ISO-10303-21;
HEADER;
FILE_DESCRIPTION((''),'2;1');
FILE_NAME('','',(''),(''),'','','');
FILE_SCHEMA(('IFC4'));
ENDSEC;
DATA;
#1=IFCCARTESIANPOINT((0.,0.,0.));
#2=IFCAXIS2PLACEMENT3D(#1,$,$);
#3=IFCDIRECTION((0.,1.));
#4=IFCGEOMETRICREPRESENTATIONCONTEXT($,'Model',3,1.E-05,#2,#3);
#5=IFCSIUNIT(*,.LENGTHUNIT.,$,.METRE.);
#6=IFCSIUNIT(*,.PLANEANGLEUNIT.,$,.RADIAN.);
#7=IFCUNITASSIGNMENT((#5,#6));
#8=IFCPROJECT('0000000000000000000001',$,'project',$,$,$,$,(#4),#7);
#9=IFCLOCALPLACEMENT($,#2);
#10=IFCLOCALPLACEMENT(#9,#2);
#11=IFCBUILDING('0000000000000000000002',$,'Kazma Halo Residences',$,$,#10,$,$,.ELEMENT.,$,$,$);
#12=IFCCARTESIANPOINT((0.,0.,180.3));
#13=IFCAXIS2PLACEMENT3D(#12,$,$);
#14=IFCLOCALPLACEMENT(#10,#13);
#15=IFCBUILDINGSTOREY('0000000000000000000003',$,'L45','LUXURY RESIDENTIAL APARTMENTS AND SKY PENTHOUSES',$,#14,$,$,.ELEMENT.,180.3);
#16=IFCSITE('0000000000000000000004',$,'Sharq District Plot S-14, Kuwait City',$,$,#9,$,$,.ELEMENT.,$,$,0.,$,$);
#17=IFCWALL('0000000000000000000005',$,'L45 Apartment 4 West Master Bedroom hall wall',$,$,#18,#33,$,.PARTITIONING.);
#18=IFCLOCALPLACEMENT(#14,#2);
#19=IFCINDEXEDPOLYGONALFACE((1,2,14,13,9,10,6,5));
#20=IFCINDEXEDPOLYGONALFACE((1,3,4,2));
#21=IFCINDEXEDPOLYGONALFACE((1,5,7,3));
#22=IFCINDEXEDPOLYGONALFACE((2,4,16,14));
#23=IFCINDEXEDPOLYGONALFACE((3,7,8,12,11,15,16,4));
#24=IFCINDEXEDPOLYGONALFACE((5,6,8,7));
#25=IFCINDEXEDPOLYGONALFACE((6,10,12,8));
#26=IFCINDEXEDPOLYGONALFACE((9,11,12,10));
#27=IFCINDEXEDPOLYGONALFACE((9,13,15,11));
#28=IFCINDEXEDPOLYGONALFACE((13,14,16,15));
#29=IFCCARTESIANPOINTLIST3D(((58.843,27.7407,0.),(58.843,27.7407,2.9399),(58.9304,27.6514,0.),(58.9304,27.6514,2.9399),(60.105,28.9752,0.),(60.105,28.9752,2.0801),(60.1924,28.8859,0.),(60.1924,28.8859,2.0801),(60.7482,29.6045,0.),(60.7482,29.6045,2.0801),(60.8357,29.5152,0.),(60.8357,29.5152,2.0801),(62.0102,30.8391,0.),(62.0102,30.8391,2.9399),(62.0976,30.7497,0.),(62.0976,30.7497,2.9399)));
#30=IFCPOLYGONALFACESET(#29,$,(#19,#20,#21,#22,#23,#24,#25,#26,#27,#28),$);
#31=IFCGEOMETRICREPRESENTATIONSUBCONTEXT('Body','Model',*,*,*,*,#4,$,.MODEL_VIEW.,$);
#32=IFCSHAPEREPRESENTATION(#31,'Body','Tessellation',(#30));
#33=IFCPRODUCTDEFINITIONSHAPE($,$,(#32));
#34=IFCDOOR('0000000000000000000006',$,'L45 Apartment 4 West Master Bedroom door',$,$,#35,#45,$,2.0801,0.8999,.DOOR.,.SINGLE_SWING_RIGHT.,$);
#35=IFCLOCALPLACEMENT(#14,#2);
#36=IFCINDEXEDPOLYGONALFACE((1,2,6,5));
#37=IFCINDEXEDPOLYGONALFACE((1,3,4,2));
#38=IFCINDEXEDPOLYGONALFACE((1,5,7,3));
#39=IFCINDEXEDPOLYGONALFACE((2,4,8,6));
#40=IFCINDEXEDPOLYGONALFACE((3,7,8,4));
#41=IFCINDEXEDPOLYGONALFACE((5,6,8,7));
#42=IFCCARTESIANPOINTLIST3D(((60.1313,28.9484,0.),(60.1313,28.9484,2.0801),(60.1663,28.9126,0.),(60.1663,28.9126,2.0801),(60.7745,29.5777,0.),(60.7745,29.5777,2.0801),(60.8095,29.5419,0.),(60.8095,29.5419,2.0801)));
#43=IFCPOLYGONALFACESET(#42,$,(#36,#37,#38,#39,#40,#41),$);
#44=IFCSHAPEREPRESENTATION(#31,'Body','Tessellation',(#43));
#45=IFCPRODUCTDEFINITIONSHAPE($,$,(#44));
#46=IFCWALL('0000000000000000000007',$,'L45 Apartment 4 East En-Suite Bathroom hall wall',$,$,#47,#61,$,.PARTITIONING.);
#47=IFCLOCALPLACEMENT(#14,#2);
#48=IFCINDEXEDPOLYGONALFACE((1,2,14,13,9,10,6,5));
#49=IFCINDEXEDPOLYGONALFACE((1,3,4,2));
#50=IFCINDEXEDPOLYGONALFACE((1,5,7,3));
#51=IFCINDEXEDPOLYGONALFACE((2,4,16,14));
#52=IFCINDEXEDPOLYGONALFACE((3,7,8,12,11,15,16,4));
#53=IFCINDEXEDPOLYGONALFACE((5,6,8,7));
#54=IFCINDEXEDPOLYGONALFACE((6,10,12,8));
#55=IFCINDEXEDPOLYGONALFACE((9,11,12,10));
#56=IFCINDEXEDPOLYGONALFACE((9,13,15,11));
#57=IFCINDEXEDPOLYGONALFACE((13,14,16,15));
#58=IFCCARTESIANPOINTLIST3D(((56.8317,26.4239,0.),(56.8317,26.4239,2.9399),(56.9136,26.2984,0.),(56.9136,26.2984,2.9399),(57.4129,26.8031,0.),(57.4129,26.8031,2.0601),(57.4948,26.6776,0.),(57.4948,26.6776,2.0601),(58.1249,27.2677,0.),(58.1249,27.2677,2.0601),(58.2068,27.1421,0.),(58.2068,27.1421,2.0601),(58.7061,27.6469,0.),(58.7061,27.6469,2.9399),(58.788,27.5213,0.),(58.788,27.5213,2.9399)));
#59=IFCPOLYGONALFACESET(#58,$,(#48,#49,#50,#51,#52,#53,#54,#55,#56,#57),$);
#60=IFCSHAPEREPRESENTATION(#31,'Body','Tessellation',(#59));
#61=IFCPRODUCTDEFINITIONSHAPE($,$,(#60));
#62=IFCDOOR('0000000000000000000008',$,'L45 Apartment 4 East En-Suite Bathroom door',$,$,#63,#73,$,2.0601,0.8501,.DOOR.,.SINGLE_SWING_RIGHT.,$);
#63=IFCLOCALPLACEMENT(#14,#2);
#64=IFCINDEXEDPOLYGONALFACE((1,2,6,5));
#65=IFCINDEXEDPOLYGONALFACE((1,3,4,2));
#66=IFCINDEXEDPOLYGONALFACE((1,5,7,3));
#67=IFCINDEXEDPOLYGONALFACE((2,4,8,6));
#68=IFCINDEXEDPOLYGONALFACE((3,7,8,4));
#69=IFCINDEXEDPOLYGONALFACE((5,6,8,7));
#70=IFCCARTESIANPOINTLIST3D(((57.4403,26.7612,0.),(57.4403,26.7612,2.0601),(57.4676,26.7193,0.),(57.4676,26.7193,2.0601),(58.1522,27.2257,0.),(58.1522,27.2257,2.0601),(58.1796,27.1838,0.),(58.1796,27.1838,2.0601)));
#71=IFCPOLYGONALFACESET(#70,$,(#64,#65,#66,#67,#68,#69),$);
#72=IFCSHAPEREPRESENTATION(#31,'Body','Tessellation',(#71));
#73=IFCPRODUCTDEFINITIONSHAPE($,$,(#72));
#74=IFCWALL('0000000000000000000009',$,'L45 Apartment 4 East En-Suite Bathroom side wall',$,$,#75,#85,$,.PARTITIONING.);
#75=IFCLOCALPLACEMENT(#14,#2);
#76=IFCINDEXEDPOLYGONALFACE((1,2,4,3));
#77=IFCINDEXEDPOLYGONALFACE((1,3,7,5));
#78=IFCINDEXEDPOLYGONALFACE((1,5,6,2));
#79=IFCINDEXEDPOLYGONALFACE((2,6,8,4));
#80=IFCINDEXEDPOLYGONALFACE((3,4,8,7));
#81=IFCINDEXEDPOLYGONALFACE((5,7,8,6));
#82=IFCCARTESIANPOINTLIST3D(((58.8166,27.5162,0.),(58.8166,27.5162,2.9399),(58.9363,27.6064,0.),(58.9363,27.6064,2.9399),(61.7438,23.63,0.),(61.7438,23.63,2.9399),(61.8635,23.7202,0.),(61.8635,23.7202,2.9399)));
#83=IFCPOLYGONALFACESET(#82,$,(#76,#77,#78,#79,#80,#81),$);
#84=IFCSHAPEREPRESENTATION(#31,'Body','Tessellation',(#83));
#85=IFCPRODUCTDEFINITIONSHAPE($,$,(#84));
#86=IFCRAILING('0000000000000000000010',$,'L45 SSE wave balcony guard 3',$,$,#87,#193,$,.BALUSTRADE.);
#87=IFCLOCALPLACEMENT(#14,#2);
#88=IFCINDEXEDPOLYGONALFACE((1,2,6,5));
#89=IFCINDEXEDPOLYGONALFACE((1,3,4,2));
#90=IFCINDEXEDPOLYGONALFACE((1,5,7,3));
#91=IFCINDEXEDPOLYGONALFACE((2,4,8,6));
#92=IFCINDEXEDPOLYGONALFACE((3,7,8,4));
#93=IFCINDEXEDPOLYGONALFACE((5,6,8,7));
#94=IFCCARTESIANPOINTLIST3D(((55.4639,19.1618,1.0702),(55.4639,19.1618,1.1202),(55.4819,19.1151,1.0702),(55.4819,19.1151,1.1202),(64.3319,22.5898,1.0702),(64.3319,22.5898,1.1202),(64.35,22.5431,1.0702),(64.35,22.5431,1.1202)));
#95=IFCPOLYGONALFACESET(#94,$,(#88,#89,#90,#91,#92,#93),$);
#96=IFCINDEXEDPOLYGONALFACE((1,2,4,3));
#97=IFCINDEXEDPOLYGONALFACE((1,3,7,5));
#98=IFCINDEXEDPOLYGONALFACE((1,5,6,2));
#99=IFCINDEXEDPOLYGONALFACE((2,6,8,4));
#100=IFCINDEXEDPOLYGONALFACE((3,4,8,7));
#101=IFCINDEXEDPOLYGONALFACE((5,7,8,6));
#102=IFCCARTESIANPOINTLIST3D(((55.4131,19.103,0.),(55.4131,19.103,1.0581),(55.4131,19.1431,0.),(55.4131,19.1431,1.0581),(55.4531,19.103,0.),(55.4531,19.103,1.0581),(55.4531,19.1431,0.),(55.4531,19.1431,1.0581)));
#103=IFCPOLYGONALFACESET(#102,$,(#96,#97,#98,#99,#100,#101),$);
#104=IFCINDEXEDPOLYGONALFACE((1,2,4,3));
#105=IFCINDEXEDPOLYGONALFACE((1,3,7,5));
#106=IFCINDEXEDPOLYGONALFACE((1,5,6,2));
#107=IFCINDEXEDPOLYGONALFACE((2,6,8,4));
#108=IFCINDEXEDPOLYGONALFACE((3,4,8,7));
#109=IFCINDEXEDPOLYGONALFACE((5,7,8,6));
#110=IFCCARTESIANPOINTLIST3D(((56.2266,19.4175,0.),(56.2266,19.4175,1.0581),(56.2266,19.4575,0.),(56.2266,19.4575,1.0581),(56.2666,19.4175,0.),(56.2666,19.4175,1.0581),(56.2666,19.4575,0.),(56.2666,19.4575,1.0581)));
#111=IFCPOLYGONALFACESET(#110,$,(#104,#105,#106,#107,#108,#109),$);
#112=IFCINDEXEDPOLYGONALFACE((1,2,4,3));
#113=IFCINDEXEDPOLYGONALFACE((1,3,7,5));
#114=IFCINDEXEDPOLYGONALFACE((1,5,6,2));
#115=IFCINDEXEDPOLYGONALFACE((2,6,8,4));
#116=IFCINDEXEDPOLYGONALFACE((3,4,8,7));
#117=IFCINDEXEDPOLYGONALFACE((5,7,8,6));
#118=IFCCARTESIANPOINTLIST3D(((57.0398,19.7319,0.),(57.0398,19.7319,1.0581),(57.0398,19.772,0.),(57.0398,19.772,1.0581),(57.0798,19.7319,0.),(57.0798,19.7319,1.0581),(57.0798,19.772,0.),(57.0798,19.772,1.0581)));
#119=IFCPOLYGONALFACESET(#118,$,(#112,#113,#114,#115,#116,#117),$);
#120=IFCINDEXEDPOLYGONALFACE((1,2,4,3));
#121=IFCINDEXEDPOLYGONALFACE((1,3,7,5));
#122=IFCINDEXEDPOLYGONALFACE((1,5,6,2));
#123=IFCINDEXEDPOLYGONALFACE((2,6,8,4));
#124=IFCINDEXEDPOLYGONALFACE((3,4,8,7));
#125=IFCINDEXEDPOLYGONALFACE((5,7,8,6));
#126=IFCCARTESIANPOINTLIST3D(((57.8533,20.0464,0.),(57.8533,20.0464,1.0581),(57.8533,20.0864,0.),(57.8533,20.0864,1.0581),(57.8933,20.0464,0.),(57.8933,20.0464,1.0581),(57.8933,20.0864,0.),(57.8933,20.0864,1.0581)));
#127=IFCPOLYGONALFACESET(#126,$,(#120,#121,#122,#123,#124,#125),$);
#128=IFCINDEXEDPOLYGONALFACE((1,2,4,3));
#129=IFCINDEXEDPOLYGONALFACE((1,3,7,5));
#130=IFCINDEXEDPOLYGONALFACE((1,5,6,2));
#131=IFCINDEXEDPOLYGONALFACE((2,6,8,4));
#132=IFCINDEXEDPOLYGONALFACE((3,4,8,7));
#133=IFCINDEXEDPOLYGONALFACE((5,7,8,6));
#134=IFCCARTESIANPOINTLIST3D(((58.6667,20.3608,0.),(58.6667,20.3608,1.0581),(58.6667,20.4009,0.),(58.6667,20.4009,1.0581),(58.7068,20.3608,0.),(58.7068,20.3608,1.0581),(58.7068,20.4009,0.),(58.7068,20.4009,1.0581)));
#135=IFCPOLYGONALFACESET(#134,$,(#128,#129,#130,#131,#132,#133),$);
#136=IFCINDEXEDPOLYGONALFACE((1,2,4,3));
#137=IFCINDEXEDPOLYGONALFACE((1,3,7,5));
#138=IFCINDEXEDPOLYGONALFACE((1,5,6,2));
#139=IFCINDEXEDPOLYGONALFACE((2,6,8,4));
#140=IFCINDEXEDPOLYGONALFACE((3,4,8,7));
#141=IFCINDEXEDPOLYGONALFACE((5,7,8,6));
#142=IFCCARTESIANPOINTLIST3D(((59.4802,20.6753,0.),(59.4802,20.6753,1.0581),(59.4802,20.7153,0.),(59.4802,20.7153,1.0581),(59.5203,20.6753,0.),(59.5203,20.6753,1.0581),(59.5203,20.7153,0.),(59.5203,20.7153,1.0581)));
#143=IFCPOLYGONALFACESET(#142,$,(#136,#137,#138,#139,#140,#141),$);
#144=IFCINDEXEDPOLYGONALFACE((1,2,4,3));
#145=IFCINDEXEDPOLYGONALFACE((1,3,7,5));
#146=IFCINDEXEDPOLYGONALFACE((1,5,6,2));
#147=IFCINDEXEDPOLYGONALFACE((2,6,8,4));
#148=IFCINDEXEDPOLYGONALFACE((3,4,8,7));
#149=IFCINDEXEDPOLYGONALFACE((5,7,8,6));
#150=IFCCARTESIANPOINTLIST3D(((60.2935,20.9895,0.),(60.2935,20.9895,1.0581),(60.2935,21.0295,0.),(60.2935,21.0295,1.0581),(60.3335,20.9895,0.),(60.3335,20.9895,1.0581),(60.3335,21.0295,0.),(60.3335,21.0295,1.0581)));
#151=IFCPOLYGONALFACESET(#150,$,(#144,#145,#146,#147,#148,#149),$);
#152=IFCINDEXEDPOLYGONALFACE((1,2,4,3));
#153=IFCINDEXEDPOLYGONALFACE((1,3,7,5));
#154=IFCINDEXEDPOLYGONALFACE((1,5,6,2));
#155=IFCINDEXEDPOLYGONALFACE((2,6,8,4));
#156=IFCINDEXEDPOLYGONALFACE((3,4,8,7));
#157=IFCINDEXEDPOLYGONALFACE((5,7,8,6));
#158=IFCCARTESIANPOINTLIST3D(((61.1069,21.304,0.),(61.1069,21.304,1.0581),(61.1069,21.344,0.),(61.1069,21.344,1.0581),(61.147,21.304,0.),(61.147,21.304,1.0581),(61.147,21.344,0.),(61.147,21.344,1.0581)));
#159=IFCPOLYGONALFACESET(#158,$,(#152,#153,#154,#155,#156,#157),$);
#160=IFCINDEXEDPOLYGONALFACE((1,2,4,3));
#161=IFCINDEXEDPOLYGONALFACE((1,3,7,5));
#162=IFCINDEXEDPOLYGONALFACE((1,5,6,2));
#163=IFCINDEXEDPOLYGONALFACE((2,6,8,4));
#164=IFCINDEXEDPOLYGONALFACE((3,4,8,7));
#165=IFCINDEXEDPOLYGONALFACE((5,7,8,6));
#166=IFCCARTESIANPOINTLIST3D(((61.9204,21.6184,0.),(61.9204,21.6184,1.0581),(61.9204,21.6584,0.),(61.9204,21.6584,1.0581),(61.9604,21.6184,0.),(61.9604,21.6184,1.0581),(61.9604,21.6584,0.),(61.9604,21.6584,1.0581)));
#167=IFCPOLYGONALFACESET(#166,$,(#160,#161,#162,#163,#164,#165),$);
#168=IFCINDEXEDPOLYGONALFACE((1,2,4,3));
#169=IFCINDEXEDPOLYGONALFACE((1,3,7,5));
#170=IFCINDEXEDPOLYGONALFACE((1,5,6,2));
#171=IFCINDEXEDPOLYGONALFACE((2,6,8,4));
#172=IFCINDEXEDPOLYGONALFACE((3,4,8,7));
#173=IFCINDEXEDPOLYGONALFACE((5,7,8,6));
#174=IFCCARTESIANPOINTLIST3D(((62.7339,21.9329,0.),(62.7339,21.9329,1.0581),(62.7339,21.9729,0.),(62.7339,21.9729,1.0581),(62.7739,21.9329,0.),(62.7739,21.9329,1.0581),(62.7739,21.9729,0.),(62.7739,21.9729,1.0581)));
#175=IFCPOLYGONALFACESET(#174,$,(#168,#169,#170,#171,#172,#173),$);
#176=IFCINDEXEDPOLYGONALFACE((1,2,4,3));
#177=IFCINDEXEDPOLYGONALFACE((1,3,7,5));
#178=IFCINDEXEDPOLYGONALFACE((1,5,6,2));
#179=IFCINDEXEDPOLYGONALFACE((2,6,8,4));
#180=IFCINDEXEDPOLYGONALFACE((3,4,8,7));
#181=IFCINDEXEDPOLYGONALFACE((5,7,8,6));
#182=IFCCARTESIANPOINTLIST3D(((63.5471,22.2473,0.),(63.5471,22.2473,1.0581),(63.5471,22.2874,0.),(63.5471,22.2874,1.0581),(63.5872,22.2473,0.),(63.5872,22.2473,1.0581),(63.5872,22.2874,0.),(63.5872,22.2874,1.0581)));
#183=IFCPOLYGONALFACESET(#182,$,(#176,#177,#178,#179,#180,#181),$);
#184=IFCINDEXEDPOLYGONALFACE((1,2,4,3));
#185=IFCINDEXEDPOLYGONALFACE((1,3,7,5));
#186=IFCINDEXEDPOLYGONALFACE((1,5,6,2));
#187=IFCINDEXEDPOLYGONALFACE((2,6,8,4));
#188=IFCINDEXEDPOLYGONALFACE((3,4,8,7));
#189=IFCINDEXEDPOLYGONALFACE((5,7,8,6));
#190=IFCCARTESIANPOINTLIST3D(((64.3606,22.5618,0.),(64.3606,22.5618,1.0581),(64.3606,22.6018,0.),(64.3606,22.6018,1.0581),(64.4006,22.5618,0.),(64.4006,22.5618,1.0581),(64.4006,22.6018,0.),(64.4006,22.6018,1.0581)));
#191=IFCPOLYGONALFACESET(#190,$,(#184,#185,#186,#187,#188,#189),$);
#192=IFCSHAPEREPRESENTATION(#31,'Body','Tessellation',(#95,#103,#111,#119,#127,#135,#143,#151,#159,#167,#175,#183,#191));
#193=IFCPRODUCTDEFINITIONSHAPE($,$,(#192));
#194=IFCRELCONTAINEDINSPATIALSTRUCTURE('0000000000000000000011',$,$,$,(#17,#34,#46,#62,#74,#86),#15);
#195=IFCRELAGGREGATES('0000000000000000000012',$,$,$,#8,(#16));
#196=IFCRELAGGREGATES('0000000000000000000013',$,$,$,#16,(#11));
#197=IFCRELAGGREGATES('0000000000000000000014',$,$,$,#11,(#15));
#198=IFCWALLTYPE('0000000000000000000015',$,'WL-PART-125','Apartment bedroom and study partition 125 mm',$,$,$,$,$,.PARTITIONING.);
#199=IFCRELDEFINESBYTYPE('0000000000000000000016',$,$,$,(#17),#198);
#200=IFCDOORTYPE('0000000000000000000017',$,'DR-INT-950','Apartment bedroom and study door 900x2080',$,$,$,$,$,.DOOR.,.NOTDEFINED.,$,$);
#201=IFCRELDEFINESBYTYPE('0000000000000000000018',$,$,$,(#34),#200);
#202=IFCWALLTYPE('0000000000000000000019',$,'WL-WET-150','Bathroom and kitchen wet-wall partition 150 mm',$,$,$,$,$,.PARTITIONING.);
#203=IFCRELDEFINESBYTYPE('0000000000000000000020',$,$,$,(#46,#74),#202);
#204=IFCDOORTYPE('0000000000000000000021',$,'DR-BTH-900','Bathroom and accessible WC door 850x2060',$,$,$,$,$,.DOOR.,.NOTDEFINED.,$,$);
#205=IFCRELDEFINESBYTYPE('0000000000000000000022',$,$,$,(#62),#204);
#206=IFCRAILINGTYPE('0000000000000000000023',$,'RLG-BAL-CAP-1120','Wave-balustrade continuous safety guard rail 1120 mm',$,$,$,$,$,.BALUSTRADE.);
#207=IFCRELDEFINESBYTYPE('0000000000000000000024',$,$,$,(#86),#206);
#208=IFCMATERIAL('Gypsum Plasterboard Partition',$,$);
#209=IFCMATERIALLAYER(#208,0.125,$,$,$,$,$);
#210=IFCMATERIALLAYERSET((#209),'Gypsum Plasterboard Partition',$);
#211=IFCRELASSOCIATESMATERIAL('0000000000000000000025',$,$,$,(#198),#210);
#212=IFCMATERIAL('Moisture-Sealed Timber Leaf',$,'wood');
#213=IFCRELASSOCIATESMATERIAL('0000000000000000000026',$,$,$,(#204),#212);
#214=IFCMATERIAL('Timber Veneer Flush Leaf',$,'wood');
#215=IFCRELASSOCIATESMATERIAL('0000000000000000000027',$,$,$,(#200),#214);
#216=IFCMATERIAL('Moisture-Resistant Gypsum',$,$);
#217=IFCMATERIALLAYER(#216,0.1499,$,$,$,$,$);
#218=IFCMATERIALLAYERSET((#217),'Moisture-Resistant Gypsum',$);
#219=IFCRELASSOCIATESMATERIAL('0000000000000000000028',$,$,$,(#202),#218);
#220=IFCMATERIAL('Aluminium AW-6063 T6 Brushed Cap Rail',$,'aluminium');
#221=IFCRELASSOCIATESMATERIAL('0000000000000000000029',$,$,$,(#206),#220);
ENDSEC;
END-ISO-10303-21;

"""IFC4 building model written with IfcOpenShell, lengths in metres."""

from ifc_helpers import new_model, si_unit, direction, frame, frame_2d, origin, origin_2d, place, context, subcontext, project, spatial, rectangle, extrude, material, layer, layer_set, type_object, element, fill, save


model = new_model("IFC4")

# Units and contexts
model_context = context("Model", 3, precision=1e-05, world=origin(), true_north=direction((0.0, 1.0)))
body_context = subcontext(model_context, "Body", "Model", "MODEL_VIEW")
ifc_project = project(units=[si_unit("LENGTHUNIT", "METRE"), si_unit("PLANEANGLEUNIT", "RADIAN")], contexts=[model_context])

# Site, building, storey
site_placement = place(None, origin())
site = spatial("IfcSite", under=ifc_project, at=site_placement, Name="Sharq District Plot S-14, Kuwait City", CompositionType="ELEMENT", RefElevation=0.0)
building_placement = place(site_placement, origin())
building = spatial("IfcBuilding", under=site, at=building_placement, Name="Kazma Halo Residences", CompositionType="ELEMENT")
storey_placement = place(building_placement, frame((0.0, 0.0, 180.3)))
storey = spatial("IfcBuildingStorey", under=building, at=storey_placement, Name="L45", Description="LUXURY RESIDENTIAL APARTMENTS AND SKY PENTHOUSES", CompositionType="ELEMENT", Elevation=180.3)

# Shared definitions
ifc_material_1 = material(Name="Gypsum Plasterboard Partition")
ifc_layer_1 = layer(ifc_material_1, 0.125)
ifc_layer_set_1 = layer_set([ifc_layer_1], Name="Gypsum Plasterboard Partition")
wall_type_1 = type_object("IfcWallType", Name="WL-PART-125", Description="Apartment bedroom and study partition 125 mm", PredefinedType="PARTITIONING", material=ifc_layer_set_1)

# Shared definitions
ifc_material_2 = material(Name="Moisture-Sealed Timber Leaf", Category="wood")
door_type_1 = type_object("IfcDoorType", Name="DR-BTH-900", Description="Bathroom and accessible WC door 850x2060", OperationType="NOTDEFINED", PredefinedType="DOOR", material=ifc_material_2)
ifc_material_3 = material(Name="Timber Veneer Flush Leaf", Category="wood")
door_type_2 = type_object("IfcDoorType", Name="DR-INT-950", Description="Apartment bedroom and study door 900x2080", OperationType="NOTDEFINED", PredefinedType="DOOR", material=ifc_material_3)

# Walls, openings, doors
wall_1_placement = place(storey_placement, frame((58.8867, 27.696, 0.0), z_axis=(0.0, 0.0, 1.0), x_axis=(0.714833, 0.699295, 0.0)))
wall_1 = element("IfcWall", 1, at=wall_1_placement, inside=storey, type_object=wall_type_1, Name="L45 Apartment 4 West Master Bedroom hall wall", PredefinedType="PARTITIONING", context=body_context, shape_type="SweptSolid", body=[
    extrude(rectangle(XDim=4.4307, YDim=0.125, at=frame_2d((2.2153, 0.0))), origin(), (0.0, 0.0, 1.0), 2.9399),
])
opening_1_placement = place(wall_1_placement, frame((1.7654, 0.0, 0.0)))
opening_1 = element("IfcOpeningElement", 2, at=opening_1_placement, cuts=wall_1, PredefinedType="OPENING", context=body_context, shape_type="SweptSolid", body=[
    extrude(rectangle(XDim=0.8999, YDim=2.0801, at=frame_2d((0.45, 1.04))), frame((0.0, 0.0725, 0.0), z_axis=(0.0, -1.0, 0.0), x_axis=(1.0, 0.0, 0.0)), (0.0, 0.0, 1.0), 0.145),
])
door_1_placement = place(opening_1_placement, origin())
door_1 = element("IfcDoor", 3, at=door_1_placement, inside=storey, type_object=door_type_2, Name="L45 Apartment 4 West Master Bedroom door", OperationType="SINGLE_SWING_RIGHT", OverallHeight=2.0801, OverallWidth=0.8999, PredefinedType="DOOR", context=body_context, shape_type="SweptSolid", body=[
    extrude(rectangle(XDim=0.8999, YDim=2.0801, at=frame_2d((0.45, 1.04))), frame((0.0, 0.0249, 0.0), z_axis=(0.0, -1.0, 0.0), x_axis=(1.0, 0.0, 0.0)), (0.0, 0.0, 1.0), 0.05),
])
fill(opening_1, door_1)
ifc_material_4 = material(Name="Moisture-Resistant Gypsum")
ifc_layer_2 = layer(ifc_material_4, 0.1499)
ifc_layer_set_2 = layer_set([ifc_layer_2], Name="Moisture-Resistant Gypsum")
wall_type_2 = type_object("IfcWallType", Name="WL-WET-150", Description="Bathroom and kitchen wet-wall partition 150 mm", PredefinedType="PARTITIONING", material=ifc_layer_set_2)
wall_2_placement = place(storey_placement, frame((56.8726, 26.3611, 0.0), z_axis=(0.0, 0.0, 1.0), x_axis=(0.837498, 0.546441, 0.0)))
wall_2 = element("IfcWall", 4, at=wall_2_placement, inside=storey, type_object=wall_type_2, Name="L45 Apartment 4 East En-Suite Bathroom hall wall", PredefinedType="PARTITIONING", context=body_context, shape_type="SweptSolid", body=[
    extrude(rectangle(XDim=2.238, YDim=0.1499, at=frame_2d((1.1191, 0.0))), origin(), (0.0, 0.0, 1.0), 2.9399),
])
opening_2_placement = place(wall_2_placement, frame((0.6941, 0.0, 0.0)))
opening_2 = element("IfcOpeningElement", 5, at=opening_2_placement, cuts=wall_2, PredefinedType="OPENING", context=body_context, shape_type="SweptSolid", body=[
    extrude(rectangle(XDim=0.8501, YDim=2.0601, at=frame_2d((0.425, 1.03))), frame((0.0, 0.085, 0.0), z_axis=(0.0, -1.0, 0.0), x_axis=(1.0, 0.0, 0.0)), (0.0, 0.0, 1.0), 0.1699),
])
door_2_placement = place(opening_2_placement, origin())
door_2 = element("IfcDoor", 6, at=door_2_placement, inside=storey, type_object=door_type_1, Name="L45 Apartment 4 East En-Suite Bathroom door", OperationType="SINGLE_SWING_RIGHT", OverallHeight=2.0601, OverallWidth=0.8501, PredefinedType="DOOR", context=body_context, shape_type="SweptSolid", body=[
    extrude(rectangle(XDim=0.8501, YDim=2.0601, at=frame_2d((0.425, 1.03))), frame((0.0, 0.0249, 0.0), z_axis=(0.0, -1.0, 0.0), x_axis=(1.0, 0.0, 0.0)), (0.0, 0.0, 1.0), 0.05),
])
fill(opening_2, door_2)

# Wall
wall_3_placement = place(storey_placement, frame((58.8765, 27.5613, 0.0), z_axis=(0.0, 0.0, 1.0), x_axis=(0.601653, -0.798758, 0.0)))
element("IfcWall", 7, at=wall_3_placement, inside=storey, type_object=wall_type_2, Name="L45 Apartment 4 East En-Suite Bathroom side wall", PredefinedType="PARTITIONING", context=body_context, shape_type="SweptSolid", body=[
    extrude(rectangle(XDim=4.8652, YDim=0.1499, at=frame_2d((2.4326, 0.0))), origin(), (0.0, 0.0, 1.0), 2.9399),
])

# Railing
ifc_material_5 = material(Name="Aluminium AW-6063 T6 Brushed Cap Rail", Category="aluminium")
railing_type = type_object("IfcRailingType", Name="RLG-BAL-CAP-1120", Description="Wave-balustrade continuous safety guard rail 1120 mm", PredefinedType="BALUSTRADE", material=ifc_material_5)
railing_placement = place(storey_placement, frame((55.4331, 19.123, 0.0)))
element("IfcRailing", 8, at=railing_placement, inside=storey, type_object=railing_type, Name="L45 SSE wave balcony guard 3", PredefinedType="BALUSTRADE", context=body_context, shape_type="SweptSolid", body=[
    extrude(rectangle(XDim=0.05, YDim=0.05, at=origin_2d()), frame((0.0398, 0.0154, 1.0952), z_axis=(0.932737, 0.360558, 0.0), x_axis=(-0.360558, 0.932737, 0.0)), (0.0, 0.0, 1.0), 9.5076),
    extrude(rectangle(XDim=0.04, YDim=0.04, at=origin_2d()), origin(), (0.0, 0.0, 1.0), 1.0581),
    extrude(rectangle(XDim=0.04, YDim=0.04, at=origin_2d()), frame((0.8135, 0.3145, 0.0)), (0.0, 0.0, 1.0), 1.0581),
    extrude(rectangle(XDim=0.04, YDim=0.04, at=origin_2d()), frame((1.6267, 0.6289, 0.0)), (0.0, 0.0, 1.0), 1.0581),
    extrude(rectangle(XDim=0.04, YDim=0.04, at=origin_2d()), frame((2.4402, 0.9434, 0.0)), (0.0, 0.0, 1.0), 1.0581),
    extrude(rectangle(XDim=0.04, YDim=0.04, at=origin_2d()), frame((3.2537, 1.2578, 0.0)), (0.0, 0.0, 1.0), 1.0581),
    extrude(rectangle(XDim=0.04, YDim=0.04, at=origin_2d()), frame((4.0671, 1.5723, 0.0)), (0.0, 0.0, 1.0), 1.0581),
    extrude(rectangle(XDim=0.04, YDim=0.04, at=origin_2d()), frame((4.8804, 1.8865, 0.0)), (0.0, 0.0, 1.0), 1.0581),
    extrude(rectangle(XDim=0.04, YDim=0.04, at=origin_2d()), frame((5.6938, 2.2009, 0.0)), (0.0, 0.0, 1.0), 1.0581),
    extrude(rectangle(XDim=0.04, YDim=0.04, at=origin_2d()), frame((6.5073, 2.5154, 0.0)), (0.0, 0.0, 1.0), 1.0581),
    extrude(rectangle(XDim=0.04, YDim=0.04, at=origin_2d()), frame((7.3208, 2.8298, 0.0)), (0.0, 0.0, 1.0), 1.0581),
    extrude(rectangle(XDim=0.04, YDim=0.04, at=origin_2d()), frame((8.134, 3.1443, 0.0)), (0.0, 0.0, 1.0), 1.0581),
    extrude(rectangle(XDim=0.04, YDim=0.04, at=origin_2d()), frame((8.9475, 3.4587, 0.0)), (0.0, 0.0, 1.0), 1.0581),
])

save(model, "model.ifc")
